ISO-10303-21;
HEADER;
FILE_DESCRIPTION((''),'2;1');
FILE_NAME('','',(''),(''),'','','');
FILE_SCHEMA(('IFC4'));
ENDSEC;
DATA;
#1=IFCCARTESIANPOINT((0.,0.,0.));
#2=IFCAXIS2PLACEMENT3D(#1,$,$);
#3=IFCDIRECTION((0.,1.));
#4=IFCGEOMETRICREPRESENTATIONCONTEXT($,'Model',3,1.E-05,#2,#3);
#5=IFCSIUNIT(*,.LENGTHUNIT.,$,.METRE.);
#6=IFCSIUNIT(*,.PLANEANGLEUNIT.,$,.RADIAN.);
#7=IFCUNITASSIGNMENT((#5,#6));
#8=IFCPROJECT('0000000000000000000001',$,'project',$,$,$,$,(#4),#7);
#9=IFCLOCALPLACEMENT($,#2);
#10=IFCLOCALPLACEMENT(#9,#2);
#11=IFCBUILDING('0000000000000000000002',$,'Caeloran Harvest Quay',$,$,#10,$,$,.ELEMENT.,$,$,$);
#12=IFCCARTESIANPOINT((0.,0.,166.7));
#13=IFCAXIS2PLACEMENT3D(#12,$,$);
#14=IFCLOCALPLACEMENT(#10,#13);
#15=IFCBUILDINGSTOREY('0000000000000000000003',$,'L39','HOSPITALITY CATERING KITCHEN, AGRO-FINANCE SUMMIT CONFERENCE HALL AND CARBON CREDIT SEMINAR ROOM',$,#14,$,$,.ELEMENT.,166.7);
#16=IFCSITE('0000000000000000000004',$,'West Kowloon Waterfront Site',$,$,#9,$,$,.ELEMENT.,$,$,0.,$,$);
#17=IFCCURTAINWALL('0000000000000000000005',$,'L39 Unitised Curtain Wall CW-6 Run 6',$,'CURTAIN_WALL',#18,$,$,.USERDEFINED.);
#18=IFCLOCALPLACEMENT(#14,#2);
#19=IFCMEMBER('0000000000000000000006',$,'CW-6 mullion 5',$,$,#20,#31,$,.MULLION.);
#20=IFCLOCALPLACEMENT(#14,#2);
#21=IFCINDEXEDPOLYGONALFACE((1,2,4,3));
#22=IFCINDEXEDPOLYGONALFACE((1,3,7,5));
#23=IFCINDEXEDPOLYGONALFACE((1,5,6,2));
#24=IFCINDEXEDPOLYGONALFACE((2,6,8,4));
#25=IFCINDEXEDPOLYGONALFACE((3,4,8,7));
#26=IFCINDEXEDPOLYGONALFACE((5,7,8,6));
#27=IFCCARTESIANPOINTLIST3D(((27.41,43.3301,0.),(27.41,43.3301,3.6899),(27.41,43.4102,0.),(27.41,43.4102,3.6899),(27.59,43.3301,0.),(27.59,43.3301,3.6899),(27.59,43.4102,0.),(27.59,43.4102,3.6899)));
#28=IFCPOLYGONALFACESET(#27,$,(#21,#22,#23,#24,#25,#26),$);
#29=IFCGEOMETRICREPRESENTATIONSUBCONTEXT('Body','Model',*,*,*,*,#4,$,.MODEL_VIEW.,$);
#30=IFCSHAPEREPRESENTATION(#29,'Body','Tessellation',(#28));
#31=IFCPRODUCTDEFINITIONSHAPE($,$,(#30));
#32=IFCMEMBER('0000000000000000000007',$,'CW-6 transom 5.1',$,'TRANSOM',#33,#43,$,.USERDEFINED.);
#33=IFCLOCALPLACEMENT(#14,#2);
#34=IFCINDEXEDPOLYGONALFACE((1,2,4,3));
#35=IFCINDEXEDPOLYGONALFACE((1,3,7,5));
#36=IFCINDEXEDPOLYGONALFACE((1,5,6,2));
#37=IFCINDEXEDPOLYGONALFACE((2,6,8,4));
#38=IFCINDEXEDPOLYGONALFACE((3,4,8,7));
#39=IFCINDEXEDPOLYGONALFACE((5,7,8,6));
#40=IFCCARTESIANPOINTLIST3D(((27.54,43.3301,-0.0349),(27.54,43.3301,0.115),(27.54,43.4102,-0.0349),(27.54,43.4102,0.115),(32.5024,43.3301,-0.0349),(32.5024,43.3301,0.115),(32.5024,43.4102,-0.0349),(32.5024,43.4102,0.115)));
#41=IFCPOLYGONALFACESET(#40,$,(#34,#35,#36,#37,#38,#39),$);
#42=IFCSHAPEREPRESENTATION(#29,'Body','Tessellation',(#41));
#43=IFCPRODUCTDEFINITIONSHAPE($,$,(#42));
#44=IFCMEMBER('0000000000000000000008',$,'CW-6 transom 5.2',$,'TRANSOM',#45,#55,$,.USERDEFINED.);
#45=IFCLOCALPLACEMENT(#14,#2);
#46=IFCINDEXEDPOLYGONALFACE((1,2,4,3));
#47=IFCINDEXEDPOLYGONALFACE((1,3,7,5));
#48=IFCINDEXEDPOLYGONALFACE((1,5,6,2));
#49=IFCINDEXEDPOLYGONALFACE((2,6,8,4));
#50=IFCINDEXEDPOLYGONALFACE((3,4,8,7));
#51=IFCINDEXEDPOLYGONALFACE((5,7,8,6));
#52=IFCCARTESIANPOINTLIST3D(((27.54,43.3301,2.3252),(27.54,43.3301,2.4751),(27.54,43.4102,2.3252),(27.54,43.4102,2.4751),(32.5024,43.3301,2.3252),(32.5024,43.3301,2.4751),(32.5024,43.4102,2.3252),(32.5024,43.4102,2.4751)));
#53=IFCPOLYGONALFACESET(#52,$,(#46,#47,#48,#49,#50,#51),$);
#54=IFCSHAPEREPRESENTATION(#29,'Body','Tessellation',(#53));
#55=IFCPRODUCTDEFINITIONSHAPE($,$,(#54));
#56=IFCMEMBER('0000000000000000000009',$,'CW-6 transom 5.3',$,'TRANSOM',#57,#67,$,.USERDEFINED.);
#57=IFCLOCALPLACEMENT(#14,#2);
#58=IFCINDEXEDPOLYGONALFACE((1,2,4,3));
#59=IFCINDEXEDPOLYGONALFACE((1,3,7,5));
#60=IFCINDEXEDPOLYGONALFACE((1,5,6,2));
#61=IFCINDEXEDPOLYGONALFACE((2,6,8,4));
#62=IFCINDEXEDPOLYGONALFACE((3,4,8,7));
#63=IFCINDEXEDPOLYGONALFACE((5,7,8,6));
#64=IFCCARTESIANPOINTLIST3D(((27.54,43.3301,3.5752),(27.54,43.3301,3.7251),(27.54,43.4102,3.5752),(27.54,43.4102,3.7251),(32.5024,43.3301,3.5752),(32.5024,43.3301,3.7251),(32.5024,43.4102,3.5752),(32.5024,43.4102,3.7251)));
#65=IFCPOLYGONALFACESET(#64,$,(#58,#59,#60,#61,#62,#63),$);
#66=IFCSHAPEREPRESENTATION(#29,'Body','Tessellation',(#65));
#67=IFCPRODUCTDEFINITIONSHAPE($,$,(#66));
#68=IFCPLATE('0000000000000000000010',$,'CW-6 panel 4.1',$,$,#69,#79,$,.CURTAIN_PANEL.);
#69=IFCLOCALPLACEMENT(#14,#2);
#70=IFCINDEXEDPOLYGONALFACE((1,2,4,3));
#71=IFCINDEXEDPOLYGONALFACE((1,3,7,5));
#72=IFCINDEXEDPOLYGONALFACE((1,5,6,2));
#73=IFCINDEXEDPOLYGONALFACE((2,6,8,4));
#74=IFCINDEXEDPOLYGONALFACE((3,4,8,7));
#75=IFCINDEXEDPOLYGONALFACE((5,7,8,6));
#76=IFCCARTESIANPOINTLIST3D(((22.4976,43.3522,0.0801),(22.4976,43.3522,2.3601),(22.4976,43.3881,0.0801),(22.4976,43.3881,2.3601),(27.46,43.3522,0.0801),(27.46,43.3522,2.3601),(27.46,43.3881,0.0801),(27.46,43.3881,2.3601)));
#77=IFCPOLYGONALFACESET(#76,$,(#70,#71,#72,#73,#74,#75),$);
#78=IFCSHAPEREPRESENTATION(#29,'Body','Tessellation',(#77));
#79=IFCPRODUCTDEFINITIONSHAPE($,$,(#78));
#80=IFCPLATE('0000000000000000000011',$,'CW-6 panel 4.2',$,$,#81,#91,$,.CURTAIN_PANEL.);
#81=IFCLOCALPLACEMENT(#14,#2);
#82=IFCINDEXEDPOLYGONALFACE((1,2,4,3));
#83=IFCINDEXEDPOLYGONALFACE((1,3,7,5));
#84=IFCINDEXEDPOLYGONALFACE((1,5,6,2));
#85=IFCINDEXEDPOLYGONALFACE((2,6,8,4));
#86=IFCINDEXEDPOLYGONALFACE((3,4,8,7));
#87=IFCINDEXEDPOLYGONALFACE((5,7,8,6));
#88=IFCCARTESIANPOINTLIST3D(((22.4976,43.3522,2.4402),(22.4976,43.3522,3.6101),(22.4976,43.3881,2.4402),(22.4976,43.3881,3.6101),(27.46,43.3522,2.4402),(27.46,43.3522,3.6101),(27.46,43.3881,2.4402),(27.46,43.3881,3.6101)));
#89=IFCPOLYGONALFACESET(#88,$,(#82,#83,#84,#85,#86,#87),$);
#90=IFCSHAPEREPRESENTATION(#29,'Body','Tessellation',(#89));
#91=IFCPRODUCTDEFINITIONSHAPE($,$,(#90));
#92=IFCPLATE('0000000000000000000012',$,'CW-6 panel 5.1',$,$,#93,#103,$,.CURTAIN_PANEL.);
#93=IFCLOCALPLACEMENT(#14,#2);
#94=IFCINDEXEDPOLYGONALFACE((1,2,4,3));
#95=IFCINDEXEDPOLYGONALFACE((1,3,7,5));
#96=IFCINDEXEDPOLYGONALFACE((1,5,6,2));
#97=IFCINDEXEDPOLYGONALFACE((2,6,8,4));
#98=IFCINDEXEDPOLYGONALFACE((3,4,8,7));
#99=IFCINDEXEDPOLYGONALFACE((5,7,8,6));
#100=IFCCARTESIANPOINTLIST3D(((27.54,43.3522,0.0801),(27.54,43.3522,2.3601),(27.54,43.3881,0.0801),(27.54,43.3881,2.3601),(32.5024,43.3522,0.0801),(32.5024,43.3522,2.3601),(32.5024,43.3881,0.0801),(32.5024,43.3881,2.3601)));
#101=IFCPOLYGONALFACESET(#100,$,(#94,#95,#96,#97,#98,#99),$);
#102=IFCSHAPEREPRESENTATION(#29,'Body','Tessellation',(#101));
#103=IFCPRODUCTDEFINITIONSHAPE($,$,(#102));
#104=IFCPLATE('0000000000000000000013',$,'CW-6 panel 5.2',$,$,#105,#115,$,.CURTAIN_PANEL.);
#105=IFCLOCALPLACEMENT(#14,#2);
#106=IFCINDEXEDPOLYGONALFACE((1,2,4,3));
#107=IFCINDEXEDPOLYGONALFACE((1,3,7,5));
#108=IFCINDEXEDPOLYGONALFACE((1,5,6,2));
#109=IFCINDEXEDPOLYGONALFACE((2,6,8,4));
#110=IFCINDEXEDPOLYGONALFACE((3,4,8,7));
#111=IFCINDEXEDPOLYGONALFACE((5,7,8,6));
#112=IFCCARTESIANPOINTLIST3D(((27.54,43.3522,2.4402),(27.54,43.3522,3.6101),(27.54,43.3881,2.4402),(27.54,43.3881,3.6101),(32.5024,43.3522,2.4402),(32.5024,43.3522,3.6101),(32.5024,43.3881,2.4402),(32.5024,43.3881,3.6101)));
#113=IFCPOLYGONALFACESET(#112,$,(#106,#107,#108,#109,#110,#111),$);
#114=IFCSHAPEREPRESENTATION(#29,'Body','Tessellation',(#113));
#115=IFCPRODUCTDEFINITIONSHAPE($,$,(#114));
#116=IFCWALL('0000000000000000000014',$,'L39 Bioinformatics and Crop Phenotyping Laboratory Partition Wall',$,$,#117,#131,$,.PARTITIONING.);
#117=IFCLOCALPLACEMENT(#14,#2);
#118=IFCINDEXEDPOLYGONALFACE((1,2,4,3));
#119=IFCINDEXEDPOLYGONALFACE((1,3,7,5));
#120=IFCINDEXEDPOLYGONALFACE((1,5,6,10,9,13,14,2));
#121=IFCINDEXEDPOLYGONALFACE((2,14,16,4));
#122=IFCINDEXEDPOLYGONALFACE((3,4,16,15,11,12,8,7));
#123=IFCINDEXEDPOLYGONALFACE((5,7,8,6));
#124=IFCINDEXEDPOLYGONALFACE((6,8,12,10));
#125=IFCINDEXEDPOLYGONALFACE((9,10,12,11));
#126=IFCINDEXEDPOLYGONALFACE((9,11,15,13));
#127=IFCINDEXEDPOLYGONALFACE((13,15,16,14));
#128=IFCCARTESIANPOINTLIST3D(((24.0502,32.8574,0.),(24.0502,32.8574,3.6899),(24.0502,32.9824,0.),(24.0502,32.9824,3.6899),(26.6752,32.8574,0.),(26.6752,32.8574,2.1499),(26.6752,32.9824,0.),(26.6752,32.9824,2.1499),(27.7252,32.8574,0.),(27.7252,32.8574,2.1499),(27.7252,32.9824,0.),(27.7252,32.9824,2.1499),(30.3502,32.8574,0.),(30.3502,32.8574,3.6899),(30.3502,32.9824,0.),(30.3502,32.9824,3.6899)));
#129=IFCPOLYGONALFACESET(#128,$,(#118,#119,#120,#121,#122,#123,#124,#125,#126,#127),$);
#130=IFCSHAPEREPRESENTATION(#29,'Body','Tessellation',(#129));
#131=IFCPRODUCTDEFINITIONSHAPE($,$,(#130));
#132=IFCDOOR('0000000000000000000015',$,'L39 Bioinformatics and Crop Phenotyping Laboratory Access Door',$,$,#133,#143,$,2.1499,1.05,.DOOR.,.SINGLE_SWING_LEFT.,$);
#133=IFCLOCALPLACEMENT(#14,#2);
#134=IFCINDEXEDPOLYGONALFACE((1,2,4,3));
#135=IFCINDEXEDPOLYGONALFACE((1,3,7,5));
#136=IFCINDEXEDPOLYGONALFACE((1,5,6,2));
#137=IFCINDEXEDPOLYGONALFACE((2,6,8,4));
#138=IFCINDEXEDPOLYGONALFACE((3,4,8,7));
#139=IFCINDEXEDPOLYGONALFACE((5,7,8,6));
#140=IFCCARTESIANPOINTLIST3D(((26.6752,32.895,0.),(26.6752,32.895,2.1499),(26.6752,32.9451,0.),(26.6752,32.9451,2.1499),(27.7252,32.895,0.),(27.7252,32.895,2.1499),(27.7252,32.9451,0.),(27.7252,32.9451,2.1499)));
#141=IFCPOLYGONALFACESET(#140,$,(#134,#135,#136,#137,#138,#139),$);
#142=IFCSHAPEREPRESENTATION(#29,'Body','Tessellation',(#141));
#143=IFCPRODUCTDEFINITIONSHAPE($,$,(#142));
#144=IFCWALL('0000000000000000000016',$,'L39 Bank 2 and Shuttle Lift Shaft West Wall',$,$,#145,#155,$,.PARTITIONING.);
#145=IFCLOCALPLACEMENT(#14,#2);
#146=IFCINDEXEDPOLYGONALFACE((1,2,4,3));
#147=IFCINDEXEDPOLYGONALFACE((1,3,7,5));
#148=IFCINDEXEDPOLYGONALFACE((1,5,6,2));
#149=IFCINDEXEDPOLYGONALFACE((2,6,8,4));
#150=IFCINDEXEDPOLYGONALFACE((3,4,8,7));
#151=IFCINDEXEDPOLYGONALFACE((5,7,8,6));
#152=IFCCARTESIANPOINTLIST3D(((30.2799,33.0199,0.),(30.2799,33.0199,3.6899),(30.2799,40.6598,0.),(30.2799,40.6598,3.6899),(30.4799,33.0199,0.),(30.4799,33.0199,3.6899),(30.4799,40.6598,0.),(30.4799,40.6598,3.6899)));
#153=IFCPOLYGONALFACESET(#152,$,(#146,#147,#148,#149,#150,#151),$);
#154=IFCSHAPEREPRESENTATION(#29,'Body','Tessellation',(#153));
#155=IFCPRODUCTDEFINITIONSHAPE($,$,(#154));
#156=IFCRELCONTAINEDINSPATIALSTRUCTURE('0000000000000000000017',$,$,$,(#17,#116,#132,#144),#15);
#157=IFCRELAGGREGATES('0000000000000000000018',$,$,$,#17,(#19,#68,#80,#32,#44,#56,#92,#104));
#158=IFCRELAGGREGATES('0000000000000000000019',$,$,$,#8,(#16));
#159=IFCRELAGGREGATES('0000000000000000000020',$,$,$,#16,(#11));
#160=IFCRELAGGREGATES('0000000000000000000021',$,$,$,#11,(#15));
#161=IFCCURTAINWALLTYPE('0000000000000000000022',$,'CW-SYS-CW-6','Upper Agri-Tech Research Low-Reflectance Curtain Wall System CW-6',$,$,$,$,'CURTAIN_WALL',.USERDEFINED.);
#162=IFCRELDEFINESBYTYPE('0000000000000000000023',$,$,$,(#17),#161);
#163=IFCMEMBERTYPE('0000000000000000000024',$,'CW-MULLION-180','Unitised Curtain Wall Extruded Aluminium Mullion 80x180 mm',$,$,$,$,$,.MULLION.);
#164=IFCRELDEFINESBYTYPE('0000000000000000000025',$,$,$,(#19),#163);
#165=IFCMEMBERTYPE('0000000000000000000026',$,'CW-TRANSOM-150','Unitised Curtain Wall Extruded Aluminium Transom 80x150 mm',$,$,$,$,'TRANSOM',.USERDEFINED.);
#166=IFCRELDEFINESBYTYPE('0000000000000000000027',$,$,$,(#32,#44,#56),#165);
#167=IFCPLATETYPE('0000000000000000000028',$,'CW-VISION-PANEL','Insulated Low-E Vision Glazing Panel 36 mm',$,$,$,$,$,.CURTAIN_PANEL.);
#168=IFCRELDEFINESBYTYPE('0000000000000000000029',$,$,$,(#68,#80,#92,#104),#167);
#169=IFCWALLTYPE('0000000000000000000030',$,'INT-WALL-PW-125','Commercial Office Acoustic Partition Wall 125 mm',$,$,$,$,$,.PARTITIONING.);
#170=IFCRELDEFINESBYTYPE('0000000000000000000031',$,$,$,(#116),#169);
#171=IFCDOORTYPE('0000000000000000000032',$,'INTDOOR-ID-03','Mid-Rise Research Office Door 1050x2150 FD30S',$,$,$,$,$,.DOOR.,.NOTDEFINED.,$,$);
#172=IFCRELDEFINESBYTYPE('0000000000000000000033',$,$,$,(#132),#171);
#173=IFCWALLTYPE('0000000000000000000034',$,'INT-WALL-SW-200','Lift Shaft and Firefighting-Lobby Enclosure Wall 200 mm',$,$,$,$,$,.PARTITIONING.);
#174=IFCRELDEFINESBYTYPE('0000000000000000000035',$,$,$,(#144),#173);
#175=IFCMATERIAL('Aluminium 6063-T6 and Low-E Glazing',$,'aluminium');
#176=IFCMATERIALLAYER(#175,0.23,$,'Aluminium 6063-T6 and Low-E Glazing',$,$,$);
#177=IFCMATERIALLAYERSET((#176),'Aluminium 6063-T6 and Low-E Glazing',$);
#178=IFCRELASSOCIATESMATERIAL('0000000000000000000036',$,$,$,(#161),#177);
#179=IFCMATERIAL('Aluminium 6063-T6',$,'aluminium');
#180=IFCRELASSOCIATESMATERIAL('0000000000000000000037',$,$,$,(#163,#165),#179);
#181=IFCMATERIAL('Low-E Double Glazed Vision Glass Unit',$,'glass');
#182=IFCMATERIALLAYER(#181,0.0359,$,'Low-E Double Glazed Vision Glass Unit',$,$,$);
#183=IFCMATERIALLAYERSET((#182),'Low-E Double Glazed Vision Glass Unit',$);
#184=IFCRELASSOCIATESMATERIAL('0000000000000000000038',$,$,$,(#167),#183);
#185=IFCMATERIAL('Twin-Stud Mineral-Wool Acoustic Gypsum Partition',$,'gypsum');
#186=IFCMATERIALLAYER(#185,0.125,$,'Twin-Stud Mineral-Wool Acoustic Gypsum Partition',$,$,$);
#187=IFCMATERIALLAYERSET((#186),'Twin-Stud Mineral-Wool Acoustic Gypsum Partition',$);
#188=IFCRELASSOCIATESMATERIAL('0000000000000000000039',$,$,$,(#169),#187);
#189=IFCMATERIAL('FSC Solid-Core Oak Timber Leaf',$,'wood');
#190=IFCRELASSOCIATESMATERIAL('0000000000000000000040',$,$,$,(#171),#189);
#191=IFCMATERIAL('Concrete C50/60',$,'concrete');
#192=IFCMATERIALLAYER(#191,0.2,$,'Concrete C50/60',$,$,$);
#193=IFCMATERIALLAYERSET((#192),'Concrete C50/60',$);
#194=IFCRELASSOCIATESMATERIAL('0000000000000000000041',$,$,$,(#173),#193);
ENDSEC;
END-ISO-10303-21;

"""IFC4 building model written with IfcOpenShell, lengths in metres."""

from ifc_helpers import new_model, si_unit, direction, frame, frame_2d, origin, origin_2d, place, context, subcontext, project, spatial, rectangle, extrude, material, layer, layer_set, material_profile, profile_set, type_object, element, fill, aggregate, save


model = new_model("IFC4")

# Units and contexts
model_context = context("Model", 3, precision=1e-05, world=origin(), true_north=direction((0.0, 1.0)))
body_context = subcontext(model_context, "Body", "Model", "MODEL_VIEW")
ifc_project = project(units=[si_unit("LENGTHUNIT", "METRE"), si_unit("PLANEANGLEUNIT", "RADIAN")], contexts=[model_context])

# Site, building, storey
site_placement = place(None, origin())
site = spatial("IfcSite", under=ifc_project, at=site_placement, Name="West Kowloon Waterfront Site", CompositionType="ELEMENT", RefElevation=0.0)
building_placement = place(site_placement, origin())
building = spatial("IfcBuilding", under=site, at=building_placement, Name="Caeloran Harvest Quay", CompositionType="ELEMENT")
storey_placement = place(building_placement, frame((0.0, 0.0, 166.7)))
storey = spatial("IfcBuildingStorey", under=building, at=storey_placement, Name="L39", Description="HOSPITALITY CATERING KITCHEN, AGRO-FINANCE SUMMIT CONFERENCE HALL AND CARBON CREDIT SEMINAR ROOM", CompositionType="ELEMENT", Elevation=166.7)

# Curtain wall, members, plates
ifc_material_1 = material(Name="Aluminium 6063-T6 and Low-E Glazing", Category="aluminium")
ifc_layer_1 = layer(ifc_material_1, 0.23, Name="Aluminium 6063-T6 and Low-E Glazing")
ifc_layer_set_1 = layer_set([ifc_layer_1], Name="Aluminium 6063-T6 and Low-E Glazing")
curtain_wall_type = type_object("IfcCurtainWallType", Name="CW-SYS-CW-6", Description="Upper Agri-Tech Research Low-Reflectance Curtain Wall System CW-6", ElementType="CURTAIN_WALL", PredefinedType="USERDEFINED", material=ifc_layer_set_1)
curtain_wall_placement = place(storey_placement, origin())
curtain_wall = element("IfcCurtainWall", 1, at=curtain_wall_placement, inside=storey, type_object=curtain_wall_type, Name="L39 Unitised Curtain Wall CW-6 Run 6", ObjectType="CURTAIN_WALL", PredefinedType="USERDEFINED")
ifc_material_2 = material(Name="Aluminium 6063-T6", Category="aluminium")
ifc_material_profile_1 = material_profile(ifc_material_2, rectangle(XDim=0.0801, YDim=0.1799, at=origin_2d()), Name="CW-MULLION-180")
ifc_profile_set_1 = profile_set([ifc_material_profile_1], Name="Aluminium 6063-T6")
member_type_1 = type_object("IfcMemberType", Name="CW-MULLION-180", Description="Unitised Curtain Wall Extruded Aluminium Mullion 80x180 mm", PredefinedType="MULLION", material=ifc_profile_set_1)
member_1_placement = place(storey_placement, frame((27.5, 43.3701, 0.0), z_axis=(0.0, 0.0, 1.0), x_axis=(0.0, 1.0, 0.0)))
member_1 = element("IfcMember", 2, at=member_1_placement, type_object=member_type_1, Name="CW-6 mullion 5", PredefinedType="MULLION", context=body_context, shape_type="SweptSolid", body=[
    extrude(rectangle(XDim=0.0801, YDim=0.1799, at=origin_2d()), origin(), (0.0, 0.0, 1.0), 3.6899),
])
ifc_material_profile_2 = material_profile(ifc_material_2, rectangle(XDim=0.0801, YDim=0.1499, at=origin_2d()), Name="CW-TRANSOM-150")
ifc_profile_set_2 = profile_set([ifc_material_profile_2], Name="Aluminium 6063-T6")
member_type_2 = type_object("IfcMemberType", Name="CW-TRANSOM-150", Description="Unitised Curtain Wall Extruded Aluminium Transom 80x150 mm", ElementType="TRANSOM", PredefinedType="USERDEFINED", material=ifc_profile_set_2)
member_2_placement = place(storey_placement, frame((27.54, 43.3701, 0.04), z_axis=(1.0, 0.0, 0.0), x_axis=(0.0, 1.0, 0.0)))
member_2 = element("IfcMember", 3, at=member_2_placement, type_object=member_type_2, Name="CW-6 transom 5.1", ObjectType="TRANSOM", PredefinedType="USERDEFINED", context=body_context, shape_type="SweptSolid", body=[
    extrude(rectangle(XDim=0.0801, YDim=0.1499, at=origin_2d()), origin(), (0.0, 0.0, 1.0), 4.9624),
])
member_3_placement = place(storey_placement, frame((27.54, 43.3701, 2.4001), z_axis=(1.0, 0.0, 0.0), x_axis=(0.0, 1.0, 0.0)))
member_3 = element("IfcMember", 4, at=member_3_placement, type_object=member_type_2, Name="CW-6 transom 5.2", ObjectType="TRANSOM", PredefinedType="USERDEFINED", context=body_context, shape_type="SweptSolid", body=[
    extrude(rectangle(XDim=0.0801, YDim=0.1499, at=origin_2d()), origin(), (0.0, 0.0, 1.0), 4.9624),
])
member_4_placement = place(storey_placement, frame((27.54, 43.3701, 3.6501), z_axis=(1.0, 0.0, 0.0), x_axis=(0.0, 1.0, 0.0)))
member_4 = element("IfcMember", 5, at=member_4_placement, type_object=member_type_2, Name="CW-6 transom 5.3", ObjectType="TRANSOM", PredefinedType="USERDEFINED", context=body_context, shape_type="SweptSolid", body=[
    extrude(rectangle(XDim=0.0801, YDim=0.1499, at=origin_2d()), origin(), (0.0, 0.0, 1.0), 4.9624),
])
ifc_material_3 = material(Name="Low-E Double Glazed Vision Glass Unit", Category="glass")
ifc_layer_2 = layer(ifc_material_3, 0.0359, Name="Low-E Double Glazed Vision Glass Unit")
ifc_layer_set_2 = layer_set([ifc_layer_2], Name="Low-E Double Glazed Vision Glass Unit")
plate_type = type_object("IfcPlateType", Name="CW-VISION-PANEL", Description="Insulated Low-E Vision Glazing Panel 36 mm", PredefinedType="CURTAIN_PANEL", material=ifc_layer_set_2)
plate_1_placement = place(storey_placement, frame((24.9788, 43.3701, 0.0801), z_axis=(0.0, 0.0, 1.0), x_axis=(1.0, 0.0, 0.0)))
plate_1 = element("IfcPlate", 6, at=plate_1_placement, type_object=plate_type, Name="CW-6 panel 4.1", PredefinedType="CURTAIN_PANEL", context=body_context, shape_type="SweptSolid", body=[
    extrude(rectangle(XDim=4.9624, YDim=0.0359, at=origin_2d()), origin(), (0.0, 0.0, 1.0), 2.28),
])
plate_2_placement = place(storey_placement, frame((24.9788, 43.3701, 2.4402), z_axis=(0.0, 0.0, 1.0), x_axis=(1.0, 0.0, 0.0)))
plate_2 = element("IfcPlate", 7, at=plate_2_placement, type_object=plate_type, Name="CW-6 panel 4.2", PredefinedType="CURTAIN_PANEL", context=body_context, shape_type="SweptSolid", body=[
    extrude(rectangle(XDim=4.9624, YDim=0.0359, at=origin_2d()), origin(), (0.0, 0.0, 1.0), 1.1699),
])
plate_3_placement = place(storey_placement, frame((30.0212, 43.3701, 0.0801), z_axis=(0.0, 0.0, 1.0), x_axis=(1.0, 0.0, 0.0)))
plate_3 = element("IfcPlate", 8, at=plate_3_placement, type_object=plate_type, Name="CW-6 panel 5.1", PredefinedType="CURTAIN_PANEL", context=body_context, shape_type="SweptSolid", body=[
    extrude(rectangle(XDim=4.9624, YDim=0.0359, at=origin_2d()), origin(), (0.0, 0.0, 1.0), 2.28),
])
plate_4_placement = place(storey_placement, frame((30.0212, 43.3701, 2.4402), z_axis=(0.0, 0.0, 1.0), x_axis=(1.0, 0.0, 0.0)))
plate_4 = element("IfcPlate", 9, at=plate_4_placement, type_object=plate_type, Name="CW-6 panel 5.2", PredefinedType="CURTAIN_PANEL", context=body_context, shape_type="SweptSolid", body=[
    extrude(rectangle(XDim=4.9624, YDim=0.0359, at=origin_2d()), origin(), (0.0, 0.0, 1.0), 1.1699),
])
aggregate(curtain_wall, [member_1, plate_1, plate_2, member_2, member_3, member_4, plate_3, plate_4])

# Wall, opening, door
ifc_material_4 = material(Name="Twin-Stud Mineral-Wool Acoustic Gypsum Partition", Category="gypsum")
ifc_layer_3 = layer(ifc_material_4, 0.125, Name="Twin-Stud Mineral-Wool Acoustic Gypsum Partition")
ifc_layer_set_3 = layer_set([ifc_layer_3], Name="Twin-Stud Mineral-Wool Acoustic Gypsum Partition")
wall_type_1 = type_object("IfcWallType", Name="INT-WALL-PW-125", Description="Commercial Office Acoustic Partition Wall 125 mm", PredefinedType="PARTITIONING", material=ifc_layer_set_3)
wall_1_placement = place(storey_placement, frame((30.3501, 32.9199, 0.0), z_axis=(0.0, 0.0, 1.0), x_axis=(-1.0, 0.0, 0.0)))
wall_1 = element("IfcWall", 10, at=wall_1_placement, inside=storey, type_object=wall_type_1, Name="L39 Bioinformatics and Crop Phenotyping Laboratory Partition Wall", PredefinedType="PARTITIONING", context=body_context, shape_type="SweptSolid", body=[
    extrude(rectangle(XDim=6.3, YDim=0.125, at=frame_2d((3.1499, 0.0))), origin(), (0.0, 0.0, 1.0), 3.6899),
])
opening_1_placement = place(wall_1_placement, frame((2.625, 0.0, 0.0)))
opening_1 = element("IfcOpeningElement", 11, at=opening_1_placement, cuts=wall_1, PredefinedType="OPENING", context=body_context, shape_type="SweptSolid", body=[
    extrude(rectangle(XDim=1.05, YDim=2.1499, at=frame_2d((0.5249, 1.075))), frame((0.0, 0.0725, 0.0), z_axis=(0.0, -1.0, 0.0), x_axis=(1.0, 0.0, 0.0)), (0.0, 0.0, 1.0), 0.145),
])
ifc_material_5 = material(Name="FSC Solid-Core Oak Timber Leaf", Category="wood")
door_type_1 = type_object("IfcDoorType", Name="INTDOOR-ID-03", Description="Mid-Rise Research Office Door 1050x2150 FD30S", OperationType="NOTDEFINED", PredefinedType="DOOR", material=ifc_material_5)
door_1_placement = place(opening_1_placement, origin())
door_1 = element("IfcDoor", 12, at=door_1_placement, inside=storey, type_object=door_type_1, Name="L39 Bioinformatics and Crop Phenotyping Laboratory Access Door", OperationType="SINGLE_SWING_LEFT", OverallHeight=2.1499, OverallWidth=1.05, PredefinedType="DOOR", context=body_context, shape_type="SweptSolid", body=[
    extrude(rectangle(XDim=1.05, YDim=2.1499, at=frame_2d((0.5249, 1.075))), frame((0.0, 0.0249, 0.0), z_axis=(0.0, -1.0, 0.0), x_axis=(1.0, 0.0, 0.0)), (0.0, 0.0, 1.0), 0.05),
])
fill(opening_1, door_1)

# Wall
ifc_material_6 = material(Name="Concrete C50/60", Category="concrete")
ifc_layer_4 = layer(ifc_material_6, 0.2, Name="Concrete C50/60")
ifc_layer_set_4 = layer_set([ifc_layer_4], Name="Concrete C50/60")
wall_type_2 = type_object("IfcWallType", Name="INT-WALL-SW-200", Description="Lift Shaft and Firefighting-Lobby Enclosure Wall 200 mm", PredefinedType="PARTITIONING", material=ifc_layer_set_4)
wall_2_placement = place(storey_placement, frame((30.3799, 33.02, 0.0), z_axis=(0.0, 0.0, 1.0), x_axis=(0.0, 1.0, 0.0)))
element("IfcWall", 13, at=wall_2_placement, inside=storey, type_object=wall_type_2, Name="L39 Bank 2 and Shuttle Lift Shaft West Wall", PredefinedType="PARTITIONING", context=body_context, shape_type="SweptSolid", body=[
    extrude(rectangle(XDim=7.6399, YDim=0.2, at=frame_2d((3.8198, 0.0))), origin(), (0.0, 0.0, 1.0), 3.6899),
])

save(model, "model.ifc")
